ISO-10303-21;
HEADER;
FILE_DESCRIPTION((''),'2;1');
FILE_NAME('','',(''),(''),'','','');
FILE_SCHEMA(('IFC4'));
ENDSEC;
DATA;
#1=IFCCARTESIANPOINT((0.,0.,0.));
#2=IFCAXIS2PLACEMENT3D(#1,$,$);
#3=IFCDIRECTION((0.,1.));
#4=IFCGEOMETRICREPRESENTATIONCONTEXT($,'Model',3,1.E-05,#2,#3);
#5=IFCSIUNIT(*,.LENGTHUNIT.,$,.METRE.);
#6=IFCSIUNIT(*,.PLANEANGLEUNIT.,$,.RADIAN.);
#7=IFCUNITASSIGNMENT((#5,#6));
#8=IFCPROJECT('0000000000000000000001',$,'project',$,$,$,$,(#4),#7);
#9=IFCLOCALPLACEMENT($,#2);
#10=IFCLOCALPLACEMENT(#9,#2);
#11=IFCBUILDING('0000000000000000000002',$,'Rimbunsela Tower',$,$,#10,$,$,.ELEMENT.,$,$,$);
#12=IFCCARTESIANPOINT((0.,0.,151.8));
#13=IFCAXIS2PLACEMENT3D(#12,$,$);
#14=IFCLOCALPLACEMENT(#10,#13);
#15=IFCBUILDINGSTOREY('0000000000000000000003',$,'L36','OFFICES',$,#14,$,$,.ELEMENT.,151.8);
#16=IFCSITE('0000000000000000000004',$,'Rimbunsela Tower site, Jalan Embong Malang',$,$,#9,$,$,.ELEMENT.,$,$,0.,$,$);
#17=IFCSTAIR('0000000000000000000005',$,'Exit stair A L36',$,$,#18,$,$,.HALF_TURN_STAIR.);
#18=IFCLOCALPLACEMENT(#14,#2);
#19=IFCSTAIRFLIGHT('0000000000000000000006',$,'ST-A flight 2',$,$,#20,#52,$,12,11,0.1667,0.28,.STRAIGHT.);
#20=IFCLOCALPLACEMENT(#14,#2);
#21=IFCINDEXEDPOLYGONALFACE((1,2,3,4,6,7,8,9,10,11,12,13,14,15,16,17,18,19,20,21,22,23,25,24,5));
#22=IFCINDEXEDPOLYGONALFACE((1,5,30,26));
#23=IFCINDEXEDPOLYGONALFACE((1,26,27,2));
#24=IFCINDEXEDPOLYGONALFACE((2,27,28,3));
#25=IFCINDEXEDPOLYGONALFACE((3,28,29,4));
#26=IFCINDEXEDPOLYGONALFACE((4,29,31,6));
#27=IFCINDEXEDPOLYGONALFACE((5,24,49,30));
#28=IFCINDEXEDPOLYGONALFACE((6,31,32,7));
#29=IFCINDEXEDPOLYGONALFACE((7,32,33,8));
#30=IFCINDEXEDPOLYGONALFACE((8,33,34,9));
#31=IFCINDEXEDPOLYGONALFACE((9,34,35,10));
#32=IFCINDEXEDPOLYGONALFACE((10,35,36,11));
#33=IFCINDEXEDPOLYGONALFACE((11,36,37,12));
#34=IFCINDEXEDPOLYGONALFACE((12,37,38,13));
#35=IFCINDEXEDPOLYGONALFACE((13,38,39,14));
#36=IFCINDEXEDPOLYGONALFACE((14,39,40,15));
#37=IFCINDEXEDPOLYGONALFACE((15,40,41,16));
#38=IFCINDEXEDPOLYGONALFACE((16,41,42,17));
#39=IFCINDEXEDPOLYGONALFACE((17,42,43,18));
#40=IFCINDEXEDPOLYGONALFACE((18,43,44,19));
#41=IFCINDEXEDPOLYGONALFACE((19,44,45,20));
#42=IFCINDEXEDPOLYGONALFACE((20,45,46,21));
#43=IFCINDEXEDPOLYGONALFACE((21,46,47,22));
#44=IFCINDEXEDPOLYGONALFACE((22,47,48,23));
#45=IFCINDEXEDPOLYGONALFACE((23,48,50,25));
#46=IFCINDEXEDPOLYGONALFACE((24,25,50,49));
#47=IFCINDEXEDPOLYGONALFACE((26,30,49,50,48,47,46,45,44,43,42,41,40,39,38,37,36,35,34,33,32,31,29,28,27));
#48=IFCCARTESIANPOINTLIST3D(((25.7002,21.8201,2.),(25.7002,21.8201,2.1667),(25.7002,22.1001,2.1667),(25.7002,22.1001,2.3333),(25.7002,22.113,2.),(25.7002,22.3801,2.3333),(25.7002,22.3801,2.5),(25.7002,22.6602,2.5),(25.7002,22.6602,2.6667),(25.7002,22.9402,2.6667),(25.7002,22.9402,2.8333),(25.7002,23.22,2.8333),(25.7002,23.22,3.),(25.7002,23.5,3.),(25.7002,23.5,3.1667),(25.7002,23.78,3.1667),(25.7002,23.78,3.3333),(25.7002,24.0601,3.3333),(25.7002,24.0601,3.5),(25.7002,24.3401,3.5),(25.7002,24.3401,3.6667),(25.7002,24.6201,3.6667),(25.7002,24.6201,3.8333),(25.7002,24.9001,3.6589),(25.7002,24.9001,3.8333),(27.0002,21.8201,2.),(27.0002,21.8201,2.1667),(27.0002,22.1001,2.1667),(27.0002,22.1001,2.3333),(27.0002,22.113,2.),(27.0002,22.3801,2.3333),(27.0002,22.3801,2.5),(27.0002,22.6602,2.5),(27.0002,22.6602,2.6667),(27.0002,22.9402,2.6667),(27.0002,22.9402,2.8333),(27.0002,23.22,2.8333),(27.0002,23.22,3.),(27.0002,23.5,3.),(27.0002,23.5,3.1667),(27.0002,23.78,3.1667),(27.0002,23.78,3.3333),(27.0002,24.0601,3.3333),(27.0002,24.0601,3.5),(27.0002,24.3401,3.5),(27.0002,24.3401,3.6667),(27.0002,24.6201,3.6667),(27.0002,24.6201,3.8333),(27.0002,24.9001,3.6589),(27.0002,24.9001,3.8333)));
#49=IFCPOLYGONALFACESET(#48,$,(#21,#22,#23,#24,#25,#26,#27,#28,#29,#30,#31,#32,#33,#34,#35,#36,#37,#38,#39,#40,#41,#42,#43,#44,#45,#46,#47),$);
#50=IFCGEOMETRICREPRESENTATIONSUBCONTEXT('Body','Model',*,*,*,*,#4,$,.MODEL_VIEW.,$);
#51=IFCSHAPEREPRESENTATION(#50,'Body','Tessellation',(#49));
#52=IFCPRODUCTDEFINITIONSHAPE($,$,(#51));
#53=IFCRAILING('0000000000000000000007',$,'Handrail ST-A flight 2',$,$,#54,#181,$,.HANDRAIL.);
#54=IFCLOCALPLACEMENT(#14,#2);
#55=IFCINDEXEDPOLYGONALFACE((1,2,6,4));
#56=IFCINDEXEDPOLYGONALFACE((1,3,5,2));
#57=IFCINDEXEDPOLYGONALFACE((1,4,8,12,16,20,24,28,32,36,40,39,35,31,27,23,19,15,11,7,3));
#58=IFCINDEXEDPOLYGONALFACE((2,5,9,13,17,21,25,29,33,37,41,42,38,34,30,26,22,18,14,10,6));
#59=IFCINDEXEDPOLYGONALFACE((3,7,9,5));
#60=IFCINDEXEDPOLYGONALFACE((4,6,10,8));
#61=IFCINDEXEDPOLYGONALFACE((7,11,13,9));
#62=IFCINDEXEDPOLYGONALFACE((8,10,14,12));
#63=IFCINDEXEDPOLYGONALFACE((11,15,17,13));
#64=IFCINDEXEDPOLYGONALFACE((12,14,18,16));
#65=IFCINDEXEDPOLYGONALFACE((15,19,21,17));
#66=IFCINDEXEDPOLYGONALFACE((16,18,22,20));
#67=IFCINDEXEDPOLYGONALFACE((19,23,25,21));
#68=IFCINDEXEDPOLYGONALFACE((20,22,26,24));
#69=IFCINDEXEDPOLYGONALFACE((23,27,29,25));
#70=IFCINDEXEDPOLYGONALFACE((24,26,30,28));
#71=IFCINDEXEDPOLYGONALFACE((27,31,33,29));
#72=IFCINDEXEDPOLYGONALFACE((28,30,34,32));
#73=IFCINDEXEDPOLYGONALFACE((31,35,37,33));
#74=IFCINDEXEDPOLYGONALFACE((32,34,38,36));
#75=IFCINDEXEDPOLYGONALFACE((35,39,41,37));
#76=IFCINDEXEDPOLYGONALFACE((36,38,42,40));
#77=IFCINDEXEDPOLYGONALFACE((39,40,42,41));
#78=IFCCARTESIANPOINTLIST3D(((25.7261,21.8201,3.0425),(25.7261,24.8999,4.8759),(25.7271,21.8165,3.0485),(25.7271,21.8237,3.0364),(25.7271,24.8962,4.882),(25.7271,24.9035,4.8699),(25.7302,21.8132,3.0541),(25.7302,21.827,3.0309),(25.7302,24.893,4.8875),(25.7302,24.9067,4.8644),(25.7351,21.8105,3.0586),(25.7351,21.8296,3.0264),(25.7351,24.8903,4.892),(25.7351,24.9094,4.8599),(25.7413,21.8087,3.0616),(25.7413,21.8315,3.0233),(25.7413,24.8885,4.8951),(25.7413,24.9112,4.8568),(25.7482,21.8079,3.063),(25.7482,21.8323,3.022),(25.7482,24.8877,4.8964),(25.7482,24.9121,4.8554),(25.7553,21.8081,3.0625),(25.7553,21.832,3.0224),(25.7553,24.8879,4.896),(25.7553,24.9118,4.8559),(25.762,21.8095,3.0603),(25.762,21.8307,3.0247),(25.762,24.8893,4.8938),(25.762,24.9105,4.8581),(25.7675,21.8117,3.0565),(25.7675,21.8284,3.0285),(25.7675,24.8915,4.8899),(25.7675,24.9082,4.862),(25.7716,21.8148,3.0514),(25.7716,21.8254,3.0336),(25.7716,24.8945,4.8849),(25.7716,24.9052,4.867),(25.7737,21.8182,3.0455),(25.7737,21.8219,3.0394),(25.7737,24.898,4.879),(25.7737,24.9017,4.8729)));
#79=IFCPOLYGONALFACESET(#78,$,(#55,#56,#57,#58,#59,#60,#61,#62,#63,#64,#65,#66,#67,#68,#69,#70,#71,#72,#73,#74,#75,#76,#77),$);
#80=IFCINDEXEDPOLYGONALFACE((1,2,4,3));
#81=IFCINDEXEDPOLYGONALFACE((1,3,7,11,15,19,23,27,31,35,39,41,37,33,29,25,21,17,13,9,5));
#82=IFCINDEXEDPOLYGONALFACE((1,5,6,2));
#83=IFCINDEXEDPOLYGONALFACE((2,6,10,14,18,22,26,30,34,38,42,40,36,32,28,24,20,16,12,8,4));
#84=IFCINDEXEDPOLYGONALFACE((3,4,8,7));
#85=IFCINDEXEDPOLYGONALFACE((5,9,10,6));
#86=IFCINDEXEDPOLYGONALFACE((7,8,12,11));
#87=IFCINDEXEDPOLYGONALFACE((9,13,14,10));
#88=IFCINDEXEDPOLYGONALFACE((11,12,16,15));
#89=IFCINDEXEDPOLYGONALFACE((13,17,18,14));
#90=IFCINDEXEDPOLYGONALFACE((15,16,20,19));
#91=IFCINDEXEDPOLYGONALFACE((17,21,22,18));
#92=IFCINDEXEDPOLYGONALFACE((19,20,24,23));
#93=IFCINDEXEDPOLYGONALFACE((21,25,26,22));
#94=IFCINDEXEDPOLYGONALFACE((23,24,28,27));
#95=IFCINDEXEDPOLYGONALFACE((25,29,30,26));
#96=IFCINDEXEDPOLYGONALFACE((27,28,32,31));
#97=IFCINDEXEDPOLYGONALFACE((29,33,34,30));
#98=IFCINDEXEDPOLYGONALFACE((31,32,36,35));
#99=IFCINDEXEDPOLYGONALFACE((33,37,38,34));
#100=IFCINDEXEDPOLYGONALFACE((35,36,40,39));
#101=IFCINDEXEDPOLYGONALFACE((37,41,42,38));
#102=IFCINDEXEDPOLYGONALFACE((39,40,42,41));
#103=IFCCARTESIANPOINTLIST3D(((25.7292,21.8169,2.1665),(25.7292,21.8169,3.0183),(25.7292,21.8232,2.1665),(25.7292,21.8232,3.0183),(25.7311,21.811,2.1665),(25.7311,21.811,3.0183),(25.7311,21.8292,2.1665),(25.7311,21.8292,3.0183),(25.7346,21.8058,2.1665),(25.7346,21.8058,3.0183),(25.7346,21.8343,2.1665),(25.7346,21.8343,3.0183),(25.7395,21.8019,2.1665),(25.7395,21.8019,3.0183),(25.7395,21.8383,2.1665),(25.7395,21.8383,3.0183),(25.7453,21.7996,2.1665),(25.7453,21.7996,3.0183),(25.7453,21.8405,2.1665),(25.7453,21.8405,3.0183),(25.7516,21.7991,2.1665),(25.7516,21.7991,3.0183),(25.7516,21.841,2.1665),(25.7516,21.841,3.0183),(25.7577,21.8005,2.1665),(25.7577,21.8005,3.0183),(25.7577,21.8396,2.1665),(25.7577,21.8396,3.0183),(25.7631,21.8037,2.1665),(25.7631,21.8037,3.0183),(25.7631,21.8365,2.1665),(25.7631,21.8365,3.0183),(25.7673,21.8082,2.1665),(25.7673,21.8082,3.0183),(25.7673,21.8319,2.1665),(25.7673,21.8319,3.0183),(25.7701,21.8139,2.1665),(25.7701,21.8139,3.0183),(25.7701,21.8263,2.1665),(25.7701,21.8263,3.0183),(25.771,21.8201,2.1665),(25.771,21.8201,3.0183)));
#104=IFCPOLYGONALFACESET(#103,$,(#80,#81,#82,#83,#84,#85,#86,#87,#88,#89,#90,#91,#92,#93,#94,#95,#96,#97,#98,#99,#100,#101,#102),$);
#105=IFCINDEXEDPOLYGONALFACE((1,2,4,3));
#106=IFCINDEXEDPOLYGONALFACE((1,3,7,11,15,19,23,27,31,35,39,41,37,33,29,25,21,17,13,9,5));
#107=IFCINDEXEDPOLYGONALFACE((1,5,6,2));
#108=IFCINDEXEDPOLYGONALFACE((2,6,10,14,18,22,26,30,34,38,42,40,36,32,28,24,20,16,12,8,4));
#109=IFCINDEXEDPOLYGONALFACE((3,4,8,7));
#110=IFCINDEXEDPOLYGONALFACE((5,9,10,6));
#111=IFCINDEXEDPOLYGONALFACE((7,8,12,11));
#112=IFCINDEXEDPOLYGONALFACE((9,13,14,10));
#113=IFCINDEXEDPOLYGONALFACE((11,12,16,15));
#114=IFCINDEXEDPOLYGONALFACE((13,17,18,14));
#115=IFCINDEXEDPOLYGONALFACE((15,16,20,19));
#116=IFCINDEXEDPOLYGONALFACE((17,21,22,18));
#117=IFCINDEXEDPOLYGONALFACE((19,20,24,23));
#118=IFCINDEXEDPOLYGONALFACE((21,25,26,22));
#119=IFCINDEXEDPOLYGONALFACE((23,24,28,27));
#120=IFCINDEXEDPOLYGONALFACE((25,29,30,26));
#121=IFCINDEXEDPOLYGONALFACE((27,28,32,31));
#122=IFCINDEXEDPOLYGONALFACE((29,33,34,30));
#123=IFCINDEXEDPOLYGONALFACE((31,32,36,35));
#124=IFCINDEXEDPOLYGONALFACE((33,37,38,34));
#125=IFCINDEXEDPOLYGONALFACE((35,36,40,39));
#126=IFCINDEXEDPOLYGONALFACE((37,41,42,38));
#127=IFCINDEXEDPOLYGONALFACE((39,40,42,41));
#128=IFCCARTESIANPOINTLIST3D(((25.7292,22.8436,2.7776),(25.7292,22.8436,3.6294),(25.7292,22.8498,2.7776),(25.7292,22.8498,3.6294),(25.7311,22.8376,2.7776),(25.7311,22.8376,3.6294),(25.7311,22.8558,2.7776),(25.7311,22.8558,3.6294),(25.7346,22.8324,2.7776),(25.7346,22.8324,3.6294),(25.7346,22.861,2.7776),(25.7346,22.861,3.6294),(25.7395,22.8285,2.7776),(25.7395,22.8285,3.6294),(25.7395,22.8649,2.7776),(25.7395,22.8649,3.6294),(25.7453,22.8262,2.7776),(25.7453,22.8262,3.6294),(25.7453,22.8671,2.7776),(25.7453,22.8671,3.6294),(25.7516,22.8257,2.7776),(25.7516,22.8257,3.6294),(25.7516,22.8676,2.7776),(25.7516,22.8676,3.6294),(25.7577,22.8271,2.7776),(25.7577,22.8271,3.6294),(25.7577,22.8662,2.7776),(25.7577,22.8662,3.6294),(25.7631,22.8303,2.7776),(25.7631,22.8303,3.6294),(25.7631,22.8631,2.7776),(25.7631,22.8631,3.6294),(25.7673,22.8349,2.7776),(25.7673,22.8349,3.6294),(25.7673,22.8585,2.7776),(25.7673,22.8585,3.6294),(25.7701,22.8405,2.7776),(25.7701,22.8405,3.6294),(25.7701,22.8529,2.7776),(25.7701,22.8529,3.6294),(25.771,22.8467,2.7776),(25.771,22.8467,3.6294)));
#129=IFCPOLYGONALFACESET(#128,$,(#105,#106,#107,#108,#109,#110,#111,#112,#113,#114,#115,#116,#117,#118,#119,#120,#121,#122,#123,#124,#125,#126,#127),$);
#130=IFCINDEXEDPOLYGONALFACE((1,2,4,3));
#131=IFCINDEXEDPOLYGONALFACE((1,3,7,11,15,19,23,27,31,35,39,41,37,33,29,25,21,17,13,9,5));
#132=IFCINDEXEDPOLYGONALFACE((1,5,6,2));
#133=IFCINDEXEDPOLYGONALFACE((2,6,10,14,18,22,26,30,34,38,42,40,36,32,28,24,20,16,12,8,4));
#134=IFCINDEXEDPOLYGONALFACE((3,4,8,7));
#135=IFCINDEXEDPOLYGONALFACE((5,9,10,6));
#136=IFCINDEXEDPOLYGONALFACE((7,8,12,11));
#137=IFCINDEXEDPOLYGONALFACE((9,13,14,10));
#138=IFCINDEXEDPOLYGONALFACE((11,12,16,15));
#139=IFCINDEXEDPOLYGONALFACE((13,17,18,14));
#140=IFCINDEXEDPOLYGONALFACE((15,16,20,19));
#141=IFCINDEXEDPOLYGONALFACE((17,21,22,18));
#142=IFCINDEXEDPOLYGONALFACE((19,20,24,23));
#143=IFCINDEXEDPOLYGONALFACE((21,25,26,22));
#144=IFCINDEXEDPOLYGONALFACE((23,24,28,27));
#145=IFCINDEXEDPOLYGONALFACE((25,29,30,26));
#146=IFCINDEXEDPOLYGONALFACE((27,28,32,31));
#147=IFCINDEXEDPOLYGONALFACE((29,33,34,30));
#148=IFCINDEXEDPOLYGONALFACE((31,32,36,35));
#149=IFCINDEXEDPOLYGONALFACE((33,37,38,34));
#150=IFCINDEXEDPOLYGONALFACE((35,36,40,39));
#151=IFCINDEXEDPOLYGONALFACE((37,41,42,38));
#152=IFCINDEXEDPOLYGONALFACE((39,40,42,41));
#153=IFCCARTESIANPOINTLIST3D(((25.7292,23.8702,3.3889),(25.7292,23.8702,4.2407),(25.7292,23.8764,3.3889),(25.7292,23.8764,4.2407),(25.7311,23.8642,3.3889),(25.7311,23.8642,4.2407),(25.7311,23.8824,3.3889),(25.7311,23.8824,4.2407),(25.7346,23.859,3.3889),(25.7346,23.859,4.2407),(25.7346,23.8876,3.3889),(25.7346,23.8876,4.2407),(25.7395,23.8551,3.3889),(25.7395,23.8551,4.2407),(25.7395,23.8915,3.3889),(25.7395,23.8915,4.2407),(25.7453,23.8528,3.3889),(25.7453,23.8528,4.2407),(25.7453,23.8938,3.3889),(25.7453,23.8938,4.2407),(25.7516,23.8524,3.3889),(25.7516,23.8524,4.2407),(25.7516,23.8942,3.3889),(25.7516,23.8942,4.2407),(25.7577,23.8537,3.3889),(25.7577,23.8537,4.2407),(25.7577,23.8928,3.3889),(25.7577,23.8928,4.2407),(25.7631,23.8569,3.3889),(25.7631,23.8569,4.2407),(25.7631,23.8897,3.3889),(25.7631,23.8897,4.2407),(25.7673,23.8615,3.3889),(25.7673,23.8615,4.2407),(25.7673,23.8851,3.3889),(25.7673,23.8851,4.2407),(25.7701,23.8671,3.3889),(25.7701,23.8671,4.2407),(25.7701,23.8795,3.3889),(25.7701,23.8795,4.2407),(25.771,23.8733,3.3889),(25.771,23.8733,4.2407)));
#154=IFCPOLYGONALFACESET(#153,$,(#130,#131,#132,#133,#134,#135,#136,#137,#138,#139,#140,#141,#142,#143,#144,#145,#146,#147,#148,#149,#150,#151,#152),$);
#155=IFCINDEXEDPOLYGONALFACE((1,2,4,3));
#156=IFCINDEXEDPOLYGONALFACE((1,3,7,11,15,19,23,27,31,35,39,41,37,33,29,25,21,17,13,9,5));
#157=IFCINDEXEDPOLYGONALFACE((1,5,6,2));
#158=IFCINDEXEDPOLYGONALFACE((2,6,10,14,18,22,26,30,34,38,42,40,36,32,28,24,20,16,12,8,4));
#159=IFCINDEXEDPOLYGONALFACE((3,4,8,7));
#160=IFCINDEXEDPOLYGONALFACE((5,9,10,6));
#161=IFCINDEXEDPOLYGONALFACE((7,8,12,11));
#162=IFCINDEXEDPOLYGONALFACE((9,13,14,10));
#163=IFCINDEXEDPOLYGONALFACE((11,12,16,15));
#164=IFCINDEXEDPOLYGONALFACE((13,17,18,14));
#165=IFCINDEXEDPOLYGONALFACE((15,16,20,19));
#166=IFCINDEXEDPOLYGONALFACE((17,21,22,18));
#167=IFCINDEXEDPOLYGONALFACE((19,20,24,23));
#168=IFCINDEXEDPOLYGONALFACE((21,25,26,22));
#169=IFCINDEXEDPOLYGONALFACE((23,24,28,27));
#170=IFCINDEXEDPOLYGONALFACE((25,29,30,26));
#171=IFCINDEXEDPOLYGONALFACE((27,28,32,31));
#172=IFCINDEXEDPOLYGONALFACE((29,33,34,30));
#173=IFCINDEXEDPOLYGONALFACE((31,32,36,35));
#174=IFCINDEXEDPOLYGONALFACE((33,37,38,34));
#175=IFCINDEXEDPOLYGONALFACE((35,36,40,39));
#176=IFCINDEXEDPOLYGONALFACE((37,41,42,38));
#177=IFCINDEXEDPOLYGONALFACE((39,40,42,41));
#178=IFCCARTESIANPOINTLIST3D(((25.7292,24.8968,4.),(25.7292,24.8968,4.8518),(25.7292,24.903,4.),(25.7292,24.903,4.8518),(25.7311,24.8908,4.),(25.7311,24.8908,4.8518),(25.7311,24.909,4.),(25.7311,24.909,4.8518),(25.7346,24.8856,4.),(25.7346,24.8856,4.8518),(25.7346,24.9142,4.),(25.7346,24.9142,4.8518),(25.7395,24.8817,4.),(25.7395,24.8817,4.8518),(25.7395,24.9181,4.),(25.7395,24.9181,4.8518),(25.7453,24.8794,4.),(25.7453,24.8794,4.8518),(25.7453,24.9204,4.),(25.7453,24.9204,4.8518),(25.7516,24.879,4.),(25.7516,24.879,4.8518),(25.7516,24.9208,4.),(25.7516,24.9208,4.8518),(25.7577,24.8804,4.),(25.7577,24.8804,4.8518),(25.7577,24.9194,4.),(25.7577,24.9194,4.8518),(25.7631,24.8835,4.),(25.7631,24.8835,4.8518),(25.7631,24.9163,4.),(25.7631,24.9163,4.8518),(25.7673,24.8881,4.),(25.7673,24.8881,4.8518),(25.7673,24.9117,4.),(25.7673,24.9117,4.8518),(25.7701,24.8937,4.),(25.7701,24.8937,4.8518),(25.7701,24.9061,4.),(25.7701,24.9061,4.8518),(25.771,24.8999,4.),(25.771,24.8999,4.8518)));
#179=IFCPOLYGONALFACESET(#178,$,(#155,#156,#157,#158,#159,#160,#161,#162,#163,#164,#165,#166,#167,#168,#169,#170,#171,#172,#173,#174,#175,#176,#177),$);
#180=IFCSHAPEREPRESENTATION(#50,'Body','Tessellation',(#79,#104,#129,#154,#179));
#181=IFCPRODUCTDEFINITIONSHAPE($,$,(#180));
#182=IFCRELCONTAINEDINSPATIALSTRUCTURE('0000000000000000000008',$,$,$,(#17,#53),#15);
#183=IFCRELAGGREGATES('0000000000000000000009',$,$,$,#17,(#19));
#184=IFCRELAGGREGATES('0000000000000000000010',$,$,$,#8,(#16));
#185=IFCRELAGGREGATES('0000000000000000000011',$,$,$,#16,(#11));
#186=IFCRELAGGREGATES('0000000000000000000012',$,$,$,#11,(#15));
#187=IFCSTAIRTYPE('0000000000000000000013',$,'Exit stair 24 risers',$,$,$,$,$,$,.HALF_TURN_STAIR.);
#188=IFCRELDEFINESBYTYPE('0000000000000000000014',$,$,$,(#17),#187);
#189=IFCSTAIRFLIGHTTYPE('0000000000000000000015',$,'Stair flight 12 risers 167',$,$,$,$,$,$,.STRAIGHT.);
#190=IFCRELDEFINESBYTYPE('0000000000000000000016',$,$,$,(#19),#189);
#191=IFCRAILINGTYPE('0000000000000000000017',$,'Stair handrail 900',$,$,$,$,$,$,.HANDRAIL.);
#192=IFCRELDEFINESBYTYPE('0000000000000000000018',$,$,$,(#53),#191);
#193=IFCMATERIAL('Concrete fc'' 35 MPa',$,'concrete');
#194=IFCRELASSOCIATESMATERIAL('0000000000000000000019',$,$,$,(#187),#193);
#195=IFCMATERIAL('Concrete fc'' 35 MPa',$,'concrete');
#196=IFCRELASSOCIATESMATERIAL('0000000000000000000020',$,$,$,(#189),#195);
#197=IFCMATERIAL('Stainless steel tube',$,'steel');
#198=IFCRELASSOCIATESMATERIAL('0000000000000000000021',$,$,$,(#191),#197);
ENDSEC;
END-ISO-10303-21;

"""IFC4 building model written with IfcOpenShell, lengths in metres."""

from ifc_helpers import new_model, si_unit, direction, frame, origin, origin_2d, place, context, subcontext, project, spatial, polyline, circle, outline, extrude, material, type_object, element, aggregate, save


model = new_model("IFC4")

# Units and contexts
model_context = context("Model", 3, precision=1e-05, world=origin(), true_north=direction((0.0, 1.0)))
body_context = subcontext(model_context, "Body", "Model", "MODEL_VIEW")
ifc_project = project(units=[si_unit("LENGTHUNIT", "METRE"), si_unit("PLANEANGLEUNIT", "RADIAN")], contexts=[model_context])

# Site, building, storey
site_placement = place(None, origin())
site = spatial("IfcSite", under=ifc_project, at=site_placement, Name="Rimbunsela Tower site, Jalan Embong Malang", CompositionType="ELEMENT", RefElevation=0.0)
building_placement = place(site_placement, origin())
building = spatial("IfcBuilding", under=site, at=building_placement, Name="Rimbunsela Tower", CompositionType="ELEMENT")
storey_placement = place(building_placement, frame((0.0, 0.0, 151.8)))
storey = spatial("IfcBuildingStorey", under=building, at=storey_placement, Name="L36", Description="OFFICES", CompositionType="ELEMENT", Elevation=151.8)

# Stair, stair flight
ifc_material_1 = material(Name="Concrete fc' 35 MPa", Category="concrete")
stair_type = type_object("IfcStairType", Name="Exit stair 24 risers", PredefinedType="HALF_TURN_STAIR", material=ifc_material_1)
stair_placement = place(storey_placement, origin())
stair = element("IfcStair", 1, at=stair_placement, inside=storey, type_object=stair_type, Name="Exit stair A L36", PredefinedType="HALF_TURN_STAIR")
ifc_material_2 = material(Name="Concrete fc' 35 MPa", Category="concrete")
stair_flight_type = type_object("IfcStairFlightType", Name="Stair flight 12 risers 167", PredefinedType="STRAIGHT", material=ifc_material_2)
stair_flight_placement = place(storey_placement, frame((26.3501, 21.8201, 2.0), z_axis=(0.0, 0.0, 1.0), x_axis=(0.0, 1.0, 0.0)))
stair_flight = element("IfcStairFlight", 2, at=stair_flight_placement, type_object=stair_flight_type, Name="ST-A flight 2", NumberOfRisers=12, NumberOfTreads=11, PredefinedType="STRAIGHT", RiserHeight=0.1667, TreadLength=0.28, context=body_context, shape_type="SweptSolid", body=[
    extrude(outline(polyline([(0.0, 0.0), (0.0, 0.1667), (0.28, 0.1667), (0.28, 0.3333), (0.5601, 0.3333), (0.5601, 0.5), (0.8401, 0.5), (0.8401, 0.6667), (1.1201, 0.6667), (1.1201, 0.8333), (1.3999, 0.8333), (1.3999, 1.0), (1.6799, 1.0), (1.6799, 1.1667), (1.96, 1.1667), (1.96, 1.3333), (2.24, 1.3333), (2.24, 1.5), (2.52, 1.5), (2.52, 1.6667), (2.8, 1.6667), (2.8, 1.8333), (3.0801, 1.8333), (3.0801, 2.0), (3.0801, 1.6589), (0.293, 0.0), (0.0, 0.0)])), frame((0.0, 0.6499, 0.0), z_axis=(0.0, -1.0, 0.0), x_axis=(1.0, 0.0, 0.0)), (0.0, 0.0, 1.0), 1.3),
])
aggregate(stair, [stair_flight])

# Railing
ifc_material_3 = material(Name="Stainless steel tube", Category="steel")
railing_type = type_object("IfcRailingType", Name="Stair handrail 900", PredefinedType="HANDRAIL", material=ifc_material_3)
railing_placement = place(storey_placement, frame((25.75, 21.8201, 2.1665)))
element("IfcRailing", 3, at=railing_placement, inside=storey, type_object=railing_type, Name="Handrail ST-A flight 2", PredefinedType="HANDRAIL", context=body_context, shape_type="SweptSolid", body=[
    extrude(circle(Radius=0.0239, at=origin_2d()), frame((0.0, 0.0, 0.876), z_axis=(0.0, 0.859261, 0.511538), x_axis=(-1.0, 0.0, 0.0)), (0.0, 0.0, 1.0), 3.5842),
    extrude(circle(Radius=0.021, at=origin_2d()), origin(), (0.0, 0.0, 1.0), 0.8518),
    extrude(circle(Radius=0.021, at=origin_2d()), frame((0.0, 1.0266, 0.6111)), (0.0, 0.0, 1.0), 0.8518),
    extrude(circle(Radius=0.021, at=origin_2d()), frame((0.0, 2.0532, 1.2224)), (0.0, 0.0, 1.0), 0.8518),
    extrude(circle(Radius=0.021, at=origin_2d()), frame((0.0, 3.0798, 1.8335)), (0.0, 0.0, 1.0), 0.8518),
])

save(model, "model.ifc")
